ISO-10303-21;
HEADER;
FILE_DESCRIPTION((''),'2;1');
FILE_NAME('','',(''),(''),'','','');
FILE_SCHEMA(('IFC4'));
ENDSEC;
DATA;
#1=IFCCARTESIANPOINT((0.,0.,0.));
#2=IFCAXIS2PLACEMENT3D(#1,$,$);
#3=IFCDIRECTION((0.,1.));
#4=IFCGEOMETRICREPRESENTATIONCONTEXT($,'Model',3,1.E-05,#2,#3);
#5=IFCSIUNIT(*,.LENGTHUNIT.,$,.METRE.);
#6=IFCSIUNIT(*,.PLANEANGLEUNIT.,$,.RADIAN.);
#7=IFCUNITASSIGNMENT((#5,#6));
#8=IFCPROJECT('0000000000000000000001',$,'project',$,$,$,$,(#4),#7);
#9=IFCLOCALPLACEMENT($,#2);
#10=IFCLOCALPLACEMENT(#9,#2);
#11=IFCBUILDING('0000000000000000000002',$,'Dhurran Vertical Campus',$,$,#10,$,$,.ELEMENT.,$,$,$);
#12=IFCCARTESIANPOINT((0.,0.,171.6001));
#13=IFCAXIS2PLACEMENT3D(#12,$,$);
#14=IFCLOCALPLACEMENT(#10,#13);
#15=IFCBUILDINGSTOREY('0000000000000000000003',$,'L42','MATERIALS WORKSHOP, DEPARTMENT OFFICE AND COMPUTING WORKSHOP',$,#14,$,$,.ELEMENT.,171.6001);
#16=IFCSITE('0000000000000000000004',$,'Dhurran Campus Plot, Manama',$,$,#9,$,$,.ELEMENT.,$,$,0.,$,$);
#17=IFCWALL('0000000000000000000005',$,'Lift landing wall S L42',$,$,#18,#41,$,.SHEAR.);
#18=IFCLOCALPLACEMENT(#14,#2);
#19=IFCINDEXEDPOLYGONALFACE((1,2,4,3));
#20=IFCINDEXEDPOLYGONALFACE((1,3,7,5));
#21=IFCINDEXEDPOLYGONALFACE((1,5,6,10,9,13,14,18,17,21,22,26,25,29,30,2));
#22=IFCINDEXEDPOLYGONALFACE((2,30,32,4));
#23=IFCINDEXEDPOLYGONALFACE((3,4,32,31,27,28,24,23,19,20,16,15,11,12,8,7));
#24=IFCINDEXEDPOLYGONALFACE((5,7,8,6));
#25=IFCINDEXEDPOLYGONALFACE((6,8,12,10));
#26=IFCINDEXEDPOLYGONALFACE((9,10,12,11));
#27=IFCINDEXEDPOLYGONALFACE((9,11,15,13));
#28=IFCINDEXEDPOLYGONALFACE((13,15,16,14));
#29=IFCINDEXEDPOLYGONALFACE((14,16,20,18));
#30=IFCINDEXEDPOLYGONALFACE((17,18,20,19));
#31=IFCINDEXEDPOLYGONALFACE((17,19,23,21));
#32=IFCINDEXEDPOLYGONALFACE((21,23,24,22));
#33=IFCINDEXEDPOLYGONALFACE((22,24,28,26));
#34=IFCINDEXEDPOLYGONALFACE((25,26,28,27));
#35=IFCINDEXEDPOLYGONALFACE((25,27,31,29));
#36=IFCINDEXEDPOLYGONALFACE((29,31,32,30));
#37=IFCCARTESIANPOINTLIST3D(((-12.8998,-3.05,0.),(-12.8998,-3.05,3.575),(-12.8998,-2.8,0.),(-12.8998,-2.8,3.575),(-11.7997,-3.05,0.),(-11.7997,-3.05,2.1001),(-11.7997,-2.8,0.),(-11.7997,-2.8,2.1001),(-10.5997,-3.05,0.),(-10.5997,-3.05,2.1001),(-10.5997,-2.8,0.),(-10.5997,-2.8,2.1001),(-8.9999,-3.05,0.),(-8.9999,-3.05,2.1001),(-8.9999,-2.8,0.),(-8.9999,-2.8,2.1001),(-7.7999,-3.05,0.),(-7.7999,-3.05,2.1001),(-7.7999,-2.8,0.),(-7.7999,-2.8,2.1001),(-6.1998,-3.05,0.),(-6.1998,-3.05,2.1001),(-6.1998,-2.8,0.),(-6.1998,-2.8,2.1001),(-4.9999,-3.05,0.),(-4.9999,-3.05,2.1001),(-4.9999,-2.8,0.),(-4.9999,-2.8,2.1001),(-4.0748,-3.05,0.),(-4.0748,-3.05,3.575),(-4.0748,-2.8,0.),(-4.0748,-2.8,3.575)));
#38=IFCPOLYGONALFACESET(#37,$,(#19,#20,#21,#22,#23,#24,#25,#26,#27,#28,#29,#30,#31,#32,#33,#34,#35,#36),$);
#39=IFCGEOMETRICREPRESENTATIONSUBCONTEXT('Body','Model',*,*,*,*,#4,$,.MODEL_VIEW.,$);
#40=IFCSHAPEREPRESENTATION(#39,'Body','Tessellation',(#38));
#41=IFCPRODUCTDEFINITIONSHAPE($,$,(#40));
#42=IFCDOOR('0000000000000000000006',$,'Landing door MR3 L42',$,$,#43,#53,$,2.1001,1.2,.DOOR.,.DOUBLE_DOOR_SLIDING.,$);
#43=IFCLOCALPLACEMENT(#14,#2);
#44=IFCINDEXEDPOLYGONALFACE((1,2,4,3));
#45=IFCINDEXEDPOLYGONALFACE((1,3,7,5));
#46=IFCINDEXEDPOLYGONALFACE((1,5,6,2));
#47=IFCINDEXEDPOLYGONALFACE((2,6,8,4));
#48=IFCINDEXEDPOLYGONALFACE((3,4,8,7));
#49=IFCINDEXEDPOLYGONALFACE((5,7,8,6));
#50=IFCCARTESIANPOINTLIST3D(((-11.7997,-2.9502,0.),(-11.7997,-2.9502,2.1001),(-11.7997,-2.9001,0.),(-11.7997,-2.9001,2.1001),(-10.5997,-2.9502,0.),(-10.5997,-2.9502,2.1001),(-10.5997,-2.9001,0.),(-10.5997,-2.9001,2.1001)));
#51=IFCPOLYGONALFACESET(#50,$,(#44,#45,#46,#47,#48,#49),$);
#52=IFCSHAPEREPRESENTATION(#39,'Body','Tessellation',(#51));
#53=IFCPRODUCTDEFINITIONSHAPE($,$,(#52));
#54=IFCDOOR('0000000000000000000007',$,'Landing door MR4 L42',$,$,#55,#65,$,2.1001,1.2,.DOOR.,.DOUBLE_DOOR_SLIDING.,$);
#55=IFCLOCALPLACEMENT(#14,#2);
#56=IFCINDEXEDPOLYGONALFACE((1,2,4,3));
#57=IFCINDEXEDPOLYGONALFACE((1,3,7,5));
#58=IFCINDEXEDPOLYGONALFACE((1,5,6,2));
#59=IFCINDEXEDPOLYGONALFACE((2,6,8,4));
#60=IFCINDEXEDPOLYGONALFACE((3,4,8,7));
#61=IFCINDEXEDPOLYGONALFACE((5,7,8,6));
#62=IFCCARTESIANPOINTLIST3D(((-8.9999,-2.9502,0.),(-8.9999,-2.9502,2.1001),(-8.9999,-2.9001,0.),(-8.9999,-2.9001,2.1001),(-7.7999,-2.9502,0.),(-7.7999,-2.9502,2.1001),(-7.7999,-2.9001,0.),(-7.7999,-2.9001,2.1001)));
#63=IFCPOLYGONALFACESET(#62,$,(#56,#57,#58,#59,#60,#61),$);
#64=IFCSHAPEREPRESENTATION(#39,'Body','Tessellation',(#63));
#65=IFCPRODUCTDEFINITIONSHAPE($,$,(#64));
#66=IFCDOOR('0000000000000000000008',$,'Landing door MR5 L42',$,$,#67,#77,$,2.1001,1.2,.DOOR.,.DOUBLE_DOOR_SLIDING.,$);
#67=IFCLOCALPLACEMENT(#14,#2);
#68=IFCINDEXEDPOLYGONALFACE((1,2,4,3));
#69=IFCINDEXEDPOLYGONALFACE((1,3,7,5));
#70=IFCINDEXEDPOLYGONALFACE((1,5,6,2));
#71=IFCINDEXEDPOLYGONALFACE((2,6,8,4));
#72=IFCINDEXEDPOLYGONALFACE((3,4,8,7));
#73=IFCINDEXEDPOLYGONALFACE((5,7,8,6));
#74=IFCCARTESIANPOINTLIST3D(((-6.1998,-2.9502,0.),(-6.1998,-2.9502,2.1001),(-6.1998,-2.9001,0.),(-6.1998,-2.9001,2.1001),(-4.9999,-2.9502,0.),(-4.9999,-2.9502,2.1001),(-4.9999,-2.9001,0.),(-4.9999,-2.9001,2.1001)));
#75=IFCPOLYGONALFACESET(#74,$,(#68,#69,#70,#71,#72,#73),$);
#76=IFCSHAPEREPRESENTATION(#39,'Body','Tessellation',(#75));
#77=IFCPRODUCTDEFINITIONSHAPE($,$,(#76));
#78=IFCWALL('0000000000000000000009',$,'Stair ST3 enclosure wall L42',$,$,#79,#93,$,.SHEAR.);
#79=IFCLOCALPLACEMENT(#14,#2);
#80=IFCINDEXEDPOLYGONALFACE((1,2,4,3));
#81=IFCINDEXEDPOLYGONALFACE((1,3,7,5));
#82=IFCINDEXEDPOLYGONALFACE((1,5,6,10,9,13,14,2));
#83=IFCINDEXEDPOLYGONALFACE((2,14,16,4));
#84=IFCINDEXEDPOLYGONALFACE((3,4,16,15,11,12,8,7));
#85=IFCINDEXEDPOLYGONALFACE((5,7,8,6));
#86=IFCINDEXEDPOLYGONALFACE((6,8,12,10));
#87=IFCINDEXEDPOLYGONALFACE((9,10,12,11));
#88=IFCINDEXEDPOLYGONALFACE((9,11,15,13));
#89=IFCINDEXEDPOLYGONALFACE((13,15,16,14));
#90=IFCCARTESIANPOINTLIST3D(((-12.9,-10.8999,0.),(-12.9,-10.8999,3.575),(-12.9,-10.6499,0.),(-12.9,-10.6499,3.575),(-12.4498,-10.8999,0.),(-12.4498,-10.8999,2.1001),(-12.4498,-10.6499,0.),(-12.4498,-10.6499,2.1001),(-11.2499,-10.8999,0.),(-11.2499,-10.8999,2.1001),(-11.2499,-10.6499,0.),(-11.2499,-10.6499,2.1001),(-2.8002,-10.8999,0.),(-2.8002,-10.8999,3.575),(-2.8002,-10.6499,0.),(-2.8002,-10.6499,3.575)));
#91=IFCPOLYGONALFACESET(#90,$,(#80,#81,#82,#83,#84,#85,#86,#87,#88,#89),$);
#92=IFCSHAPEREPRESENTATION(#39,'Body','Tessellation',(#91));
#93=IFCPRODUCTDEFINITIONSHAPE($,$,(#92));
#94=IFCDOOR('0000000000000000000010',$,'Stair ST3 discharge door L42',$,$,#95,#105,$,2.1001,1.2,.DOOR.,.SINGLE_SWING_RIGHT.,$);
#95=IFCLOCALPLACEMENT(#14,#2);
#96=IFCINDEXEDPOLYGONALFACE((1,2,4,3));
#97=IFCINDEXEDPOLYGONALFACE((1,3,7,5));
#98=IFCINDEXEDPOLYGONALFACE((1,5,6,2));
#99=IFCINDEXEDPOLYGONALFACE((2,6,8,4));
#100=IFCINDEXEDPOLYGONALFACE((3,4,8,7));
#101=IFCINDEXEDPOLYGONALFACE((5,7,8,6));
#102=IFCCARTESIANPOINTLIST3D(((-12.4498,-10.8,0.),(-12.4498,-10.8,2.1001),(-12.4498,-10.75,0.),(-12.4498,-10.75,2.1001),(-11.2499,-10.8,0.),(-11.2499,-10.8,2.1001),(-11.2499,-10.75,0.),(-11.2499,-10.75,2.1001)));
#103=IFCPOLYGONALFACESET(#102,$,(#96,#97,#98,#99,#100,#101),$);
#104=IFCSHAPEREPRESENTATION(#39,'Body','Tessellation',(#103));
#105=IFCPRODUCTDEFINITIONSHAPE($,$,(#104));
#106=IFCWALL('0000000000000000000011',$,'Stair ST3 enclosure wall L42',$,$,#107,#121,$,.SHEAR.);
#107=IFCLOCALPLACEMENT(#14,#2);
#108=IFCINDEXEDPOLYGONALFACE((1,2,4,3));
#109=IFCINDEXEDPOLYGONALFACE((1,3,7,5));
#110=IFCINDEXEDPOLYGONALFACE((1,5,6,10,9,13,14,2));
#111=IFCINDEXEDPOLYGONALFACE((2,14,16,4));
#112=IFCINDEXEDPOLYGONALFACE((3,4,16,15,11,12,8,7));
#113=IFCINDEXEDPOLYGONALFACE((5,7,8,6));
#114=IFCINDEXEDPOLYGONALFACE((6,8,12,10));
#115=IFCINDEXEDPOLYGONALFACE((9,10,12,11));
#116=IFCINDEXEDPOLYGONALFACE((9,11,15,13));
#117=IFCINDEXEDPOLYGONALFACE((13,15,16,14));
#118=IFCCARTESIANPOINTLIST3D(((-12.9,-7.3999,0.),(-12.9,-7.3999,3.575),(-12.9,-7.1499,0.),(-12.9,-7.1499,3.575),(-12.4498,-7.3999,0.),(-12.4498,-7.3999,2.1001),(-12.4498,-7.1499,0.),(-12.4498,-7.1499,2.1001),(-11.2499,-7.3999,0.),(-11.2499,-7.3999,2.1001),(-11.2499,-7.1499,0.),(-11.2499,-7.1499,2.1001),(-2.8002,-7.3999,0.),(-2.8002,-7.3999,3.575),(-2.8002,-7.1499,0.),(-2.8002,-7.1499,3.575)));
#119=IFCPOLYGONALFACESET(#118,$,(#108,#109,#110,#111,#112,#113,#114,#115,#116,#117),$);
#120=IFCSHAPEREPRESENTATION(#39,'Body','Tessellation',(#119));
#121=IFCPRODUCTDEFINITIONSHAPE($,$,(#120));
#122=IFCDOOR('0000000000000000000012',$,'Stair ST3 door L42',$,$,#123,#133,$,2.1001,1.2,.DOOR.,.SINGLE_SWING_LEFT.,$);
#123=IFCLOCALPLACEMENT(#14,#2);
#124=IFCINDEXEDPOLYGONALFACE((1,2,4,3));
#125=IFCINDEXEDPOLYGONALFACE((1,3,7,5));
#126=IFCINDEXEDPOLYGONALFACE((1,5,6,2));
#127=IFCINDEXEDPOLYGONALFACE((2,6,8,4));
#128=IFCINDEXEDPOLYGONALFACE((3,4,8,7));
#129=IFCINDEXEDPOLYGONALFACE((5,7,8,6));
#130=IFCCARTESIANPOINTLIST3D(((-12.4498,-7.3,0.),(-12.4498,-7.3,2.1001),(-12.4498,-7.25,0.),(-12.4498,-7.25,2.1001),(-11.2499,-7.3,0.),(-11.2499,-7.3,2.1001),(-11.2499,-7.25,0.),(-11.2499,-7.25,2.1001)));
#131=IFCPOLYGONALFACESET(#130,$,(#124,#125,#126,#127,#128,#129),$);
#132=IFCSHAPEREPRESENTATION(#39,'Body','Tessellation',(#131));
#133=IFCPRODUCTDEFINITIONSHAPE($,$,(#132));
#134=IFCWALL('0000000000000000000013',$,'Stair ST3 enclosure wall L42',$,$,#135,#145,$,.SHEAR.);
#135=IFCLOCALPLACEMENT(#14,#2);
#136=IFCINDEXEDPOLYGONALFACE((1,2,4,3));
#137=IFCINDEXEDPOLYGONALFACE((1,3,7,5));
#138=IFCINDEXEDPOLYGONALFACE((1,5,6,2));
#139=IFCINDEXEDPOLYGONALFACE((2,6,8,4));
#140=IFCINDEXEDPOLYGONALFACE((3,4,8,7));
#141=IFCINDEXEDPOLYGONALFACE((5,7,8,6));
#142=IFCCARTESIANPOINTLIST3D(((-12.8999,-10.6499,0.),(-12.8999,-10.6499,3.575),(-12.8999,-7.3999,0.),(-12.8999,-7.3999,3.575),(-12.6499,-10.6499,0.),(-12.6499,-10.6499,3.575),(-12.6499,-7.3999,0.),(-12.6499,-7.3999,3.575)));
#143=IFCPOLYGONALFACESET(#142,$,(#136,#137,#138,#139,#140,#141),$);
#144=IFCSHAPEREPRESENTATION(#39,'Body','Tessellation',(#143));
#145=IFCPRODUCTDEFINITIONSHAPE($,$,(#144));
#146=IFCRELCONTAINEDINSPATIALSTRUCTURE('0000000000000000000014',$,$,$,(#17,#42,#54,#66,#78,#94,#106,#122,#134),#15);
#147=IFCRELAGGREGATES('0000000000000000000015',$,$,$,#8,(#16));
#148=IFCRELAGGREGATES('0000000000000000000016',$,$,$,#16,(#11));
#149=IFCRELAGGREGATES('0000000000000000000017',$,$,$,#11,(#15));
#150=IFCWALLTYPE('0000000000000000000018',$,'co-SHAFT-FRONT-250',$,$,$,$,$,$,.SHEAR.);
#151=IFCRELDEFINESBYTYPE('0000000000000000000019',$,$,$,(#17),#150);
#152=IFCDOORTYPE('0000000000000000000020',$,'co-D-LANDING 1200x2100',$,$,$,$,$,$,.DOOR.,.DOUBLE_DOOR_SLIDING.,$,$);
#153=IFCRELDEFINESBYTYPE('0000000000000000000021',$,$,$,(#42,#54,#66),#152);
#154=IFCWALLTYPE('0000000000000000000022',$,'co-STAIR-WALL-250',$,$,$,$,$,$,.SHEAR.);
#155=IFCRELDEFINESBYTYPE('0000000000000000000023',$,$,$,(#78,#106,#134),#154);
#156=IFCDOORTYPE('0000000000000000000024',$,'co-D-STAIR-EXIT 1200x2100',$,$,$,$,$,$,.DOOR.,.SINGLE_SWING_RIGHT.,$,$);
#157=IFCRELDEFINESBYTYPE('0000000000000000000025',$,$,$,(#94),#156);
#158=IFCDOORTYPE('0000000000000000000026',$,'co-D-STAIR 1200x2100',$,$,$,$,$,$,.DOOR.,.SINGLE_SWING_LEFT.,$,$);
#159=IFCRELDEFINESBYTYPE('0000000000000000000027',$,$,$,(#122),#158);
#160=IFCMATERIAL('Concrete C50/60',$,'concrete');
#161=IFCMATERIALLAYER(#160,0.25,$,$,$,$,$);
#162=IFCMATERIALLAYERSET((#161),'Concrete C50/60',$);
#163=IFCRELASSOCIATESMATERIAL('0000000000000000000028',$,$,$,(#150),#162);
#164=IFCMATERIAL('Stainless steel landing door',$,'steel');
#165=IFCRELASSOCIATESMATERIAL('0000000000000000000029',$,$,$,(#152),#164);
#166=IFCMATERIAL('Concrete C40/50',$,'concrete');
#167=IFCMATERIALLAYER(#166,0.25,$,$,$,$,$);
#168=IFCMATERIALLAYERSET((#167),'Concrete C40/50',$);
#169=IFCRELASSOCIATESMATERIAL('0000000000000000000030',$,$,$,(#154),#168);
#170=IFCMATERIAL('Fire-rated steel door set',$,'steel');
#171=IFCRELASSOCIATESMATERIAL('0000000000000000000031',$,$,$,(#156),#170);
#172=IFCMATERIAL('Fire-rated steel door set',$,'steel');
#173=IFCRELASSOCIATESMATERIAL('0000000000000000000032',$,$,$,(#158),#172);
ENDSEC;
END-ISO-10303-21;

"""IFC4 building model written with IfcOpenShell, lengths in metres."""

from ifc_helpers import new_model, si_unit, direction, frame, frame_2d, origin, place, context, subcontext, project, spatial, rectangle, extrude, material, layer, layer_set, type_object, element, fill, save


model = new_model("IFC4")

# Units and contexts
model_context = context("Model", 3, precision=1e-05, world=origin(), true_north=direction((0.0, 1.0)))
body_context = subcontext(model_context, "Body", "Model", "MODEL_VIEW")
ifc_project = project(units=[si_unit("LENGTHUNIT", "METRE"), si_unit("PLANEANGLEUNIT", "RADIAN")], contexts=[model_context])

# Site, building, storey
site_placement = place(None, origin())
site = spatial("IfcSite", under=ifc_project, at=site_placement, Name="Dhurran Campus Plot, Manama", CompositionType="ELEMENT", RefElevation=0.0)
building_placement = place(site_placement, origin())
building = spatial("IfcBuilding", under=site, at=building_placement, Name="Dhurran Vertical Campus", CompositionType="ELEMENT")
storey_placement = place(building_placement, frame((0.0, 0.0, 171.6001)))
storey = spatial("IfcBuildingStorey", under=building, at=storey_placement, Name="L42", Description="MATERIALS WORKSHOP, DEPARTMENT OFFICE AND COMPUTING WORKSHOP", CompositionType="ELEMENT", Elevation=171.6001)

# Wall, openings, doors
ifc_material_1 = material(Name="Concrete C50/60", Category="concrete")
ifc_layer_1 = layer(ifc_material_1, 0.25)
ifc_layer_set_1 = layer_set([ifc_layer_1], Name="Concrete C50/60")
wall_type_1 = type_object("IfcWallType", Name="co-SHAFT-FRONT-250", PredefinedType="SHEAR", material=ifc_layer_set_1)
wall_1_placement = place(storey_placement, frame((-12.8999, -2.925, 0.0), z_axis=(0.0, 0.0, 1.0), x_axis=(1.0, 0.0, 0.0)))
wall_1 = element("IfcWall", 1, at=wall_1_placement, inside=storey, type_object=wall_type_1, Name="Lift landing wall S L42", PredefinedType="SHEAR", context=body_context, shape_type="SweptSolid", body=[
    extrude(rectangle(XDim=8.825, YDim=0.25, at=frame_2d((4.4126, 0.0))), origin(), (0.0, 0.0, 1.0), 3.575),
])
opening_1_placement = place(wall_1_placement, frame((1.1001, 0.0, 0.0)))
opening_1 = element("IfcOpeningElement", 2, at=opening_1_placement, cuts=wall_1, PredefinedType="OPENING", context=body_context, shape_type="SweptSolid", body=[
    extrude(rectangle(XDim=1.2, YDim=2.1001, at=frame_2d((0.6001, 1.05))), frame((0.0, 0.135, 0.0), z_axis=(0.0, -1.0, 0.0), x_axis=(1.0, 0.0, 0.0)), (0.0, 0.0, 1.0), 0.27),
])
opening_2_placement = place(wall_1_placement, frame((3.8999, 0.0, 0.0)))
opening_2 = element("IfcOpeningElement", 3, at=opening_2_placement, cuts=wall_1, PredefinedType="OPENING", context=body_context, shape_type="SweptSolid", body=[
    extrude(rectangle(XDim=1.2, YDim=2.1001, at=frame_2d((0.6001, 1.05))), frame((0.0, 0.135, 0.0), z_axis=(0.0, -1.0, 0.0), x_axis=(1.0, 0.0, 0.0)), (0.0, 0.0, 1.0), 0.27),
])
opening_3_placement = place(wall_1_placement, frame((6.7, 0.0, 0.0)))
opening_3 = element("IfcOpeningElement", 4, at=opening_3_placement, cuts=wall_1, PredefinedType="OPENING", context=body_context, shape_type="SweptSolid", body=[
    extrude(rectangle(XDim=1.2, YDim=2.1001, at=frame_2d((0.6001, 1.05))), frame((0.0, 0.135, 0.0), z_axis=(0.0, -1.0, 0.0), x_axis=(1.0, 0.0, 0.0)), (0.0, 0.0, 1.0), 0.27),
])
ifc_material_2 = material(Name="Stainless steel landing door", Category="steel")
door_type_1 = type_object("IfcDoorType", Name="co-D-LANDING 1200x2100", OperationType="DOUBLE_DOOR_SLIDING", PredefinedType="DOOR", material=ifc_material_2)
door_1_placement = place(opening_1_placement, origin())
door_1 = element("IfcDoor", 5, at=door_1_placement, inside=storey, type_object=door_type_1, Name="Landing door MR3 L42", OperationType="DOUBLE_DOOR_SLIDING", OverallHeight=2.1001, OverallWidth=1.2, PredefinedType="DOOR", context=body_context, shape_type="SweptSolid", body=[
    extrude(rectangle(XDim=1.2, YDim=2.1001, at=frame_2d((0.6001, 1.05))), frame((0.0, 0.0249, 0.0), z_axis=(0.0, -1.0, 0.0), x_axis=(1.0, 0.0, 0.0)), (0.0, 0.0, 1.0), 0.05),
])
fill(opening_1, door_1)
door_2_placement = place(opening_2_placement, origin())
door_2 = element("IfcDoor", 6, at=door_2_placement, inside=storey, type_object=door_type_1, Name="Landing door MR4 L42", OperationType="DOUBLE_DOOR_SLIDING", OverallHeight=2.1001, OverallWidth=1.2, PredefinedType="DOOR", context=body_context, shape_type="SweptSolid", body=[
    extrude(rectangle(XDim=1.2, YDim=2.1001, at=frame_2d((0.6001, 1.05))), frame((0.0, 0.0249, 0.0), z_axis=(0.0, -1.0, 0.0), x_axis=(1.0, 0.0, 0.0)), (0.0, 0.0, 1.0), 0.05),
])
fill(opening_2, door_2)
door_3_placement = place(opening_3_placement, origin())
door_3 = element("IfcDoor", 7, at=door_3_placement, inside=storey, type_object=door_type_1, Name="Landing door MR5 L42", OperationType="DOUBLE_DOOR_SLIDING", OverallHeight=2.1001, OverallWidth=1.2, PredefinedType="DOOR", context=body_context, shape_type="SweptSolid", body=[
    extrude(rectangle(XDim=1.2, YDim=2.1001, at=frame_2d((0.6001, 1.05))), frame((0.0, 0.0249, 0.0), z_axis=(0.0, -1.0, 0.0), x_axis=(1.0, 0.0, 0.0)), (0.0, 0.0, 1.0), 0.05),
])
fill(opening_3, door_3)

# Walls, openings, doors
ifc_material_3 = material(Name="Concrete C40/50", Category="concrete")
ifc_layer_2 = layer(ifc_material_3, 0.25)
ifc_layer_set_2 = layer_set([ifc_layer_2], Name="Concrete C40/50")
wall_type_2 = type_object("IfcWallType", Name="co-STAIR-WALL-250", PredefinedType="SHEAR", material=ifc_layer_set_2)
wall_2_placement = place(storey_placement, frame((-12.8999, -10.7749, 0.0), z_axis=(0.0, 0.0, 1.0), x_axis=(1.0, 0.0, 0.0)))
wall_2 = element("IfcWall", 8, at=wall_2_placement, inside=storey, type_object=wall_type_2, Name="Stair ST3 enclosure wall L42", PredefinedType="SHEAR", context=body_context, shape_type="SweptSolid", body=[
    extrude(rectangle(XDim=10.0999, YDim=0.25, at=frame_2d((5.0498, 0.0))), origin(), (0.0, 0.0, 1.0), 3.575),
])
opening_4_placement = place(wall_2_placement, frame((0.45, 0.0, 0.0)))
opening_4 = element("IfcOpeningElement", 9, at=opening_4_placement, cuts=wall_2, PredefinedType="OPENING", context=body_context, shape_type="SweptSolid", body=[
    extrude(rectangle(XDim=1.2, YDim=2.1001, at=frame_2d((0.6001, 1.05))), frame((0.0, 0.135, 0.0), z_axis=(0.0, -1.0, 0.0), x_axis=(1.0, 0.0, 0.0)), (0.0, 0.0, 1.0), 0.27),
])
ifc_material_4 = material(Name="Fire-rated steel door set", Category="steel")
door_type_2 = type_object("IfcDoorType", Name="co-D-STAIR-EXIT 1200x2100", OperationType="SINGLE_SWING_RIGHT", PredefinedType="DOOR", material=ifc_material_4)
door_4_placement = place(opening_4_placement, origin())
door_4 = element("IfcDoor", 10, at=door_4_placement, inside=storey, type_object=door_type_2, Name="Stair ST3 discharge door L42", OperationType="SINGLE_SWING_RIGHT", OverallHeight=2.1001, OverallWidth=1.2, PredefinedType="DOOR", context=body_context, shape_type="SweptSolid", body=[
    extrude(rectangle(XDim=1.2, YDim=2.1001, at=frame_2d((0.6001, 1.05))), frame((0.0, 0.0249, 0.0), z_axis=(0.0, -1.0, 0.0), x_axis=(1.0, 0.0, 0.0)), (0.0, 0.0, 1.0), 0.05),
])
fill(opening_4, door_4)
wall_3_placement = place(storey_placement, frame((-12.8999, -7.2749, 0.0), z_axis=(0.0, 0.0, 1.0), x_axis=(1.0, 0.0, 0.0)))
wall_3 = element("IfcWall", 11, at=wall_3_placement, inside=storey, type_object=wall_type_2, Name="Stair ST3 enclosure wall L42", PredefinedType="SHEAR", context=body_context, shape_type="SweptSolid", body=[
    extrude(rectangle(XDim=10.0999, YDim=0.25, at=frame_2d((5.0498, 0.0))), origin(), (0.0, 0.0, 1.0), 3.575),
])
opening_5_placement = place(wall_3_placement, frame((0.45, 0.0, 0.0)))
opening_5 = element("IfcOpeningElement", 12, at=opening_5_placement, cuts=wall_3, PredefinedType="OPENING", context=body_context, shape_type="SweptSolid", body=[
    extrude(rectangle(XDim=1.2, YDim=2.1001, at=frame_2d((0.6001, 1.05))), frame((0.0, 0.135, 0.0), z_axis=(0.0, -1.0, 0.0), x_axis=(1.0, 0.0, 0.0)), (0.0, 0.0, 1.0), 0.27),
])
ifc_material_5 = material(Name="Fire-rated steel door set", Category="steel")
door_type_3 = type_object("IfcDoorType", Name="co-D-STAIR 1200x2100", OperationType="SINGLE_SWING_LEFT", PredefinedType="DOOR", material=ifc_material_5)
door_5_placement = place(opening_5_placement, origin())
door_5 = element("IfcDoor", 13, at=door_5_placement, inside=storey, type_object=door_type_3, Name="Stair ST3 door L42", OperationType="SINGLE_SWING_LEFT", OverallHeight=2.1001, OverallWidth=1.2, PredefinedType="DOOR", context=body_context, shape_type="SweptSolid", body=[
    extrude(rectangle(XDim=1.2, YDim=2.1001, at=frame_2d((0.6001, 1.05))), frame((0.0, 0.0249, 0.0), z_axis=(0.0, -1.0, 0.0), x_axis=(1.0, 0.0, 0.0)), (0.0, 0.0, 1.0), 0.05),
])
fill(opening_5, door_5)

# Wall
wall_4_placement = place(storey_placement, frame((-12.7749, -10.6499, 0.0), z_axis=(0.0, 0.0, 1.0), x_axis=(0.0, 1.0, 0.0)))
element("IfcWall", 14, at=wall_4_placement, inside=storey, type_object=wall_type_2, Name="Stair ST3 enclosure wall L42", PredefinedType="SHEAR", context=body_context, shape_type="SweptSolid", body=[
    extrude(rectangle(XDim=3.25, YDim=0.25, at=frame_2d((1.625, 0.0))), origin(), (0.0, 0.0, 1.0), 3.575),
])

save(model, "model.ifc")
